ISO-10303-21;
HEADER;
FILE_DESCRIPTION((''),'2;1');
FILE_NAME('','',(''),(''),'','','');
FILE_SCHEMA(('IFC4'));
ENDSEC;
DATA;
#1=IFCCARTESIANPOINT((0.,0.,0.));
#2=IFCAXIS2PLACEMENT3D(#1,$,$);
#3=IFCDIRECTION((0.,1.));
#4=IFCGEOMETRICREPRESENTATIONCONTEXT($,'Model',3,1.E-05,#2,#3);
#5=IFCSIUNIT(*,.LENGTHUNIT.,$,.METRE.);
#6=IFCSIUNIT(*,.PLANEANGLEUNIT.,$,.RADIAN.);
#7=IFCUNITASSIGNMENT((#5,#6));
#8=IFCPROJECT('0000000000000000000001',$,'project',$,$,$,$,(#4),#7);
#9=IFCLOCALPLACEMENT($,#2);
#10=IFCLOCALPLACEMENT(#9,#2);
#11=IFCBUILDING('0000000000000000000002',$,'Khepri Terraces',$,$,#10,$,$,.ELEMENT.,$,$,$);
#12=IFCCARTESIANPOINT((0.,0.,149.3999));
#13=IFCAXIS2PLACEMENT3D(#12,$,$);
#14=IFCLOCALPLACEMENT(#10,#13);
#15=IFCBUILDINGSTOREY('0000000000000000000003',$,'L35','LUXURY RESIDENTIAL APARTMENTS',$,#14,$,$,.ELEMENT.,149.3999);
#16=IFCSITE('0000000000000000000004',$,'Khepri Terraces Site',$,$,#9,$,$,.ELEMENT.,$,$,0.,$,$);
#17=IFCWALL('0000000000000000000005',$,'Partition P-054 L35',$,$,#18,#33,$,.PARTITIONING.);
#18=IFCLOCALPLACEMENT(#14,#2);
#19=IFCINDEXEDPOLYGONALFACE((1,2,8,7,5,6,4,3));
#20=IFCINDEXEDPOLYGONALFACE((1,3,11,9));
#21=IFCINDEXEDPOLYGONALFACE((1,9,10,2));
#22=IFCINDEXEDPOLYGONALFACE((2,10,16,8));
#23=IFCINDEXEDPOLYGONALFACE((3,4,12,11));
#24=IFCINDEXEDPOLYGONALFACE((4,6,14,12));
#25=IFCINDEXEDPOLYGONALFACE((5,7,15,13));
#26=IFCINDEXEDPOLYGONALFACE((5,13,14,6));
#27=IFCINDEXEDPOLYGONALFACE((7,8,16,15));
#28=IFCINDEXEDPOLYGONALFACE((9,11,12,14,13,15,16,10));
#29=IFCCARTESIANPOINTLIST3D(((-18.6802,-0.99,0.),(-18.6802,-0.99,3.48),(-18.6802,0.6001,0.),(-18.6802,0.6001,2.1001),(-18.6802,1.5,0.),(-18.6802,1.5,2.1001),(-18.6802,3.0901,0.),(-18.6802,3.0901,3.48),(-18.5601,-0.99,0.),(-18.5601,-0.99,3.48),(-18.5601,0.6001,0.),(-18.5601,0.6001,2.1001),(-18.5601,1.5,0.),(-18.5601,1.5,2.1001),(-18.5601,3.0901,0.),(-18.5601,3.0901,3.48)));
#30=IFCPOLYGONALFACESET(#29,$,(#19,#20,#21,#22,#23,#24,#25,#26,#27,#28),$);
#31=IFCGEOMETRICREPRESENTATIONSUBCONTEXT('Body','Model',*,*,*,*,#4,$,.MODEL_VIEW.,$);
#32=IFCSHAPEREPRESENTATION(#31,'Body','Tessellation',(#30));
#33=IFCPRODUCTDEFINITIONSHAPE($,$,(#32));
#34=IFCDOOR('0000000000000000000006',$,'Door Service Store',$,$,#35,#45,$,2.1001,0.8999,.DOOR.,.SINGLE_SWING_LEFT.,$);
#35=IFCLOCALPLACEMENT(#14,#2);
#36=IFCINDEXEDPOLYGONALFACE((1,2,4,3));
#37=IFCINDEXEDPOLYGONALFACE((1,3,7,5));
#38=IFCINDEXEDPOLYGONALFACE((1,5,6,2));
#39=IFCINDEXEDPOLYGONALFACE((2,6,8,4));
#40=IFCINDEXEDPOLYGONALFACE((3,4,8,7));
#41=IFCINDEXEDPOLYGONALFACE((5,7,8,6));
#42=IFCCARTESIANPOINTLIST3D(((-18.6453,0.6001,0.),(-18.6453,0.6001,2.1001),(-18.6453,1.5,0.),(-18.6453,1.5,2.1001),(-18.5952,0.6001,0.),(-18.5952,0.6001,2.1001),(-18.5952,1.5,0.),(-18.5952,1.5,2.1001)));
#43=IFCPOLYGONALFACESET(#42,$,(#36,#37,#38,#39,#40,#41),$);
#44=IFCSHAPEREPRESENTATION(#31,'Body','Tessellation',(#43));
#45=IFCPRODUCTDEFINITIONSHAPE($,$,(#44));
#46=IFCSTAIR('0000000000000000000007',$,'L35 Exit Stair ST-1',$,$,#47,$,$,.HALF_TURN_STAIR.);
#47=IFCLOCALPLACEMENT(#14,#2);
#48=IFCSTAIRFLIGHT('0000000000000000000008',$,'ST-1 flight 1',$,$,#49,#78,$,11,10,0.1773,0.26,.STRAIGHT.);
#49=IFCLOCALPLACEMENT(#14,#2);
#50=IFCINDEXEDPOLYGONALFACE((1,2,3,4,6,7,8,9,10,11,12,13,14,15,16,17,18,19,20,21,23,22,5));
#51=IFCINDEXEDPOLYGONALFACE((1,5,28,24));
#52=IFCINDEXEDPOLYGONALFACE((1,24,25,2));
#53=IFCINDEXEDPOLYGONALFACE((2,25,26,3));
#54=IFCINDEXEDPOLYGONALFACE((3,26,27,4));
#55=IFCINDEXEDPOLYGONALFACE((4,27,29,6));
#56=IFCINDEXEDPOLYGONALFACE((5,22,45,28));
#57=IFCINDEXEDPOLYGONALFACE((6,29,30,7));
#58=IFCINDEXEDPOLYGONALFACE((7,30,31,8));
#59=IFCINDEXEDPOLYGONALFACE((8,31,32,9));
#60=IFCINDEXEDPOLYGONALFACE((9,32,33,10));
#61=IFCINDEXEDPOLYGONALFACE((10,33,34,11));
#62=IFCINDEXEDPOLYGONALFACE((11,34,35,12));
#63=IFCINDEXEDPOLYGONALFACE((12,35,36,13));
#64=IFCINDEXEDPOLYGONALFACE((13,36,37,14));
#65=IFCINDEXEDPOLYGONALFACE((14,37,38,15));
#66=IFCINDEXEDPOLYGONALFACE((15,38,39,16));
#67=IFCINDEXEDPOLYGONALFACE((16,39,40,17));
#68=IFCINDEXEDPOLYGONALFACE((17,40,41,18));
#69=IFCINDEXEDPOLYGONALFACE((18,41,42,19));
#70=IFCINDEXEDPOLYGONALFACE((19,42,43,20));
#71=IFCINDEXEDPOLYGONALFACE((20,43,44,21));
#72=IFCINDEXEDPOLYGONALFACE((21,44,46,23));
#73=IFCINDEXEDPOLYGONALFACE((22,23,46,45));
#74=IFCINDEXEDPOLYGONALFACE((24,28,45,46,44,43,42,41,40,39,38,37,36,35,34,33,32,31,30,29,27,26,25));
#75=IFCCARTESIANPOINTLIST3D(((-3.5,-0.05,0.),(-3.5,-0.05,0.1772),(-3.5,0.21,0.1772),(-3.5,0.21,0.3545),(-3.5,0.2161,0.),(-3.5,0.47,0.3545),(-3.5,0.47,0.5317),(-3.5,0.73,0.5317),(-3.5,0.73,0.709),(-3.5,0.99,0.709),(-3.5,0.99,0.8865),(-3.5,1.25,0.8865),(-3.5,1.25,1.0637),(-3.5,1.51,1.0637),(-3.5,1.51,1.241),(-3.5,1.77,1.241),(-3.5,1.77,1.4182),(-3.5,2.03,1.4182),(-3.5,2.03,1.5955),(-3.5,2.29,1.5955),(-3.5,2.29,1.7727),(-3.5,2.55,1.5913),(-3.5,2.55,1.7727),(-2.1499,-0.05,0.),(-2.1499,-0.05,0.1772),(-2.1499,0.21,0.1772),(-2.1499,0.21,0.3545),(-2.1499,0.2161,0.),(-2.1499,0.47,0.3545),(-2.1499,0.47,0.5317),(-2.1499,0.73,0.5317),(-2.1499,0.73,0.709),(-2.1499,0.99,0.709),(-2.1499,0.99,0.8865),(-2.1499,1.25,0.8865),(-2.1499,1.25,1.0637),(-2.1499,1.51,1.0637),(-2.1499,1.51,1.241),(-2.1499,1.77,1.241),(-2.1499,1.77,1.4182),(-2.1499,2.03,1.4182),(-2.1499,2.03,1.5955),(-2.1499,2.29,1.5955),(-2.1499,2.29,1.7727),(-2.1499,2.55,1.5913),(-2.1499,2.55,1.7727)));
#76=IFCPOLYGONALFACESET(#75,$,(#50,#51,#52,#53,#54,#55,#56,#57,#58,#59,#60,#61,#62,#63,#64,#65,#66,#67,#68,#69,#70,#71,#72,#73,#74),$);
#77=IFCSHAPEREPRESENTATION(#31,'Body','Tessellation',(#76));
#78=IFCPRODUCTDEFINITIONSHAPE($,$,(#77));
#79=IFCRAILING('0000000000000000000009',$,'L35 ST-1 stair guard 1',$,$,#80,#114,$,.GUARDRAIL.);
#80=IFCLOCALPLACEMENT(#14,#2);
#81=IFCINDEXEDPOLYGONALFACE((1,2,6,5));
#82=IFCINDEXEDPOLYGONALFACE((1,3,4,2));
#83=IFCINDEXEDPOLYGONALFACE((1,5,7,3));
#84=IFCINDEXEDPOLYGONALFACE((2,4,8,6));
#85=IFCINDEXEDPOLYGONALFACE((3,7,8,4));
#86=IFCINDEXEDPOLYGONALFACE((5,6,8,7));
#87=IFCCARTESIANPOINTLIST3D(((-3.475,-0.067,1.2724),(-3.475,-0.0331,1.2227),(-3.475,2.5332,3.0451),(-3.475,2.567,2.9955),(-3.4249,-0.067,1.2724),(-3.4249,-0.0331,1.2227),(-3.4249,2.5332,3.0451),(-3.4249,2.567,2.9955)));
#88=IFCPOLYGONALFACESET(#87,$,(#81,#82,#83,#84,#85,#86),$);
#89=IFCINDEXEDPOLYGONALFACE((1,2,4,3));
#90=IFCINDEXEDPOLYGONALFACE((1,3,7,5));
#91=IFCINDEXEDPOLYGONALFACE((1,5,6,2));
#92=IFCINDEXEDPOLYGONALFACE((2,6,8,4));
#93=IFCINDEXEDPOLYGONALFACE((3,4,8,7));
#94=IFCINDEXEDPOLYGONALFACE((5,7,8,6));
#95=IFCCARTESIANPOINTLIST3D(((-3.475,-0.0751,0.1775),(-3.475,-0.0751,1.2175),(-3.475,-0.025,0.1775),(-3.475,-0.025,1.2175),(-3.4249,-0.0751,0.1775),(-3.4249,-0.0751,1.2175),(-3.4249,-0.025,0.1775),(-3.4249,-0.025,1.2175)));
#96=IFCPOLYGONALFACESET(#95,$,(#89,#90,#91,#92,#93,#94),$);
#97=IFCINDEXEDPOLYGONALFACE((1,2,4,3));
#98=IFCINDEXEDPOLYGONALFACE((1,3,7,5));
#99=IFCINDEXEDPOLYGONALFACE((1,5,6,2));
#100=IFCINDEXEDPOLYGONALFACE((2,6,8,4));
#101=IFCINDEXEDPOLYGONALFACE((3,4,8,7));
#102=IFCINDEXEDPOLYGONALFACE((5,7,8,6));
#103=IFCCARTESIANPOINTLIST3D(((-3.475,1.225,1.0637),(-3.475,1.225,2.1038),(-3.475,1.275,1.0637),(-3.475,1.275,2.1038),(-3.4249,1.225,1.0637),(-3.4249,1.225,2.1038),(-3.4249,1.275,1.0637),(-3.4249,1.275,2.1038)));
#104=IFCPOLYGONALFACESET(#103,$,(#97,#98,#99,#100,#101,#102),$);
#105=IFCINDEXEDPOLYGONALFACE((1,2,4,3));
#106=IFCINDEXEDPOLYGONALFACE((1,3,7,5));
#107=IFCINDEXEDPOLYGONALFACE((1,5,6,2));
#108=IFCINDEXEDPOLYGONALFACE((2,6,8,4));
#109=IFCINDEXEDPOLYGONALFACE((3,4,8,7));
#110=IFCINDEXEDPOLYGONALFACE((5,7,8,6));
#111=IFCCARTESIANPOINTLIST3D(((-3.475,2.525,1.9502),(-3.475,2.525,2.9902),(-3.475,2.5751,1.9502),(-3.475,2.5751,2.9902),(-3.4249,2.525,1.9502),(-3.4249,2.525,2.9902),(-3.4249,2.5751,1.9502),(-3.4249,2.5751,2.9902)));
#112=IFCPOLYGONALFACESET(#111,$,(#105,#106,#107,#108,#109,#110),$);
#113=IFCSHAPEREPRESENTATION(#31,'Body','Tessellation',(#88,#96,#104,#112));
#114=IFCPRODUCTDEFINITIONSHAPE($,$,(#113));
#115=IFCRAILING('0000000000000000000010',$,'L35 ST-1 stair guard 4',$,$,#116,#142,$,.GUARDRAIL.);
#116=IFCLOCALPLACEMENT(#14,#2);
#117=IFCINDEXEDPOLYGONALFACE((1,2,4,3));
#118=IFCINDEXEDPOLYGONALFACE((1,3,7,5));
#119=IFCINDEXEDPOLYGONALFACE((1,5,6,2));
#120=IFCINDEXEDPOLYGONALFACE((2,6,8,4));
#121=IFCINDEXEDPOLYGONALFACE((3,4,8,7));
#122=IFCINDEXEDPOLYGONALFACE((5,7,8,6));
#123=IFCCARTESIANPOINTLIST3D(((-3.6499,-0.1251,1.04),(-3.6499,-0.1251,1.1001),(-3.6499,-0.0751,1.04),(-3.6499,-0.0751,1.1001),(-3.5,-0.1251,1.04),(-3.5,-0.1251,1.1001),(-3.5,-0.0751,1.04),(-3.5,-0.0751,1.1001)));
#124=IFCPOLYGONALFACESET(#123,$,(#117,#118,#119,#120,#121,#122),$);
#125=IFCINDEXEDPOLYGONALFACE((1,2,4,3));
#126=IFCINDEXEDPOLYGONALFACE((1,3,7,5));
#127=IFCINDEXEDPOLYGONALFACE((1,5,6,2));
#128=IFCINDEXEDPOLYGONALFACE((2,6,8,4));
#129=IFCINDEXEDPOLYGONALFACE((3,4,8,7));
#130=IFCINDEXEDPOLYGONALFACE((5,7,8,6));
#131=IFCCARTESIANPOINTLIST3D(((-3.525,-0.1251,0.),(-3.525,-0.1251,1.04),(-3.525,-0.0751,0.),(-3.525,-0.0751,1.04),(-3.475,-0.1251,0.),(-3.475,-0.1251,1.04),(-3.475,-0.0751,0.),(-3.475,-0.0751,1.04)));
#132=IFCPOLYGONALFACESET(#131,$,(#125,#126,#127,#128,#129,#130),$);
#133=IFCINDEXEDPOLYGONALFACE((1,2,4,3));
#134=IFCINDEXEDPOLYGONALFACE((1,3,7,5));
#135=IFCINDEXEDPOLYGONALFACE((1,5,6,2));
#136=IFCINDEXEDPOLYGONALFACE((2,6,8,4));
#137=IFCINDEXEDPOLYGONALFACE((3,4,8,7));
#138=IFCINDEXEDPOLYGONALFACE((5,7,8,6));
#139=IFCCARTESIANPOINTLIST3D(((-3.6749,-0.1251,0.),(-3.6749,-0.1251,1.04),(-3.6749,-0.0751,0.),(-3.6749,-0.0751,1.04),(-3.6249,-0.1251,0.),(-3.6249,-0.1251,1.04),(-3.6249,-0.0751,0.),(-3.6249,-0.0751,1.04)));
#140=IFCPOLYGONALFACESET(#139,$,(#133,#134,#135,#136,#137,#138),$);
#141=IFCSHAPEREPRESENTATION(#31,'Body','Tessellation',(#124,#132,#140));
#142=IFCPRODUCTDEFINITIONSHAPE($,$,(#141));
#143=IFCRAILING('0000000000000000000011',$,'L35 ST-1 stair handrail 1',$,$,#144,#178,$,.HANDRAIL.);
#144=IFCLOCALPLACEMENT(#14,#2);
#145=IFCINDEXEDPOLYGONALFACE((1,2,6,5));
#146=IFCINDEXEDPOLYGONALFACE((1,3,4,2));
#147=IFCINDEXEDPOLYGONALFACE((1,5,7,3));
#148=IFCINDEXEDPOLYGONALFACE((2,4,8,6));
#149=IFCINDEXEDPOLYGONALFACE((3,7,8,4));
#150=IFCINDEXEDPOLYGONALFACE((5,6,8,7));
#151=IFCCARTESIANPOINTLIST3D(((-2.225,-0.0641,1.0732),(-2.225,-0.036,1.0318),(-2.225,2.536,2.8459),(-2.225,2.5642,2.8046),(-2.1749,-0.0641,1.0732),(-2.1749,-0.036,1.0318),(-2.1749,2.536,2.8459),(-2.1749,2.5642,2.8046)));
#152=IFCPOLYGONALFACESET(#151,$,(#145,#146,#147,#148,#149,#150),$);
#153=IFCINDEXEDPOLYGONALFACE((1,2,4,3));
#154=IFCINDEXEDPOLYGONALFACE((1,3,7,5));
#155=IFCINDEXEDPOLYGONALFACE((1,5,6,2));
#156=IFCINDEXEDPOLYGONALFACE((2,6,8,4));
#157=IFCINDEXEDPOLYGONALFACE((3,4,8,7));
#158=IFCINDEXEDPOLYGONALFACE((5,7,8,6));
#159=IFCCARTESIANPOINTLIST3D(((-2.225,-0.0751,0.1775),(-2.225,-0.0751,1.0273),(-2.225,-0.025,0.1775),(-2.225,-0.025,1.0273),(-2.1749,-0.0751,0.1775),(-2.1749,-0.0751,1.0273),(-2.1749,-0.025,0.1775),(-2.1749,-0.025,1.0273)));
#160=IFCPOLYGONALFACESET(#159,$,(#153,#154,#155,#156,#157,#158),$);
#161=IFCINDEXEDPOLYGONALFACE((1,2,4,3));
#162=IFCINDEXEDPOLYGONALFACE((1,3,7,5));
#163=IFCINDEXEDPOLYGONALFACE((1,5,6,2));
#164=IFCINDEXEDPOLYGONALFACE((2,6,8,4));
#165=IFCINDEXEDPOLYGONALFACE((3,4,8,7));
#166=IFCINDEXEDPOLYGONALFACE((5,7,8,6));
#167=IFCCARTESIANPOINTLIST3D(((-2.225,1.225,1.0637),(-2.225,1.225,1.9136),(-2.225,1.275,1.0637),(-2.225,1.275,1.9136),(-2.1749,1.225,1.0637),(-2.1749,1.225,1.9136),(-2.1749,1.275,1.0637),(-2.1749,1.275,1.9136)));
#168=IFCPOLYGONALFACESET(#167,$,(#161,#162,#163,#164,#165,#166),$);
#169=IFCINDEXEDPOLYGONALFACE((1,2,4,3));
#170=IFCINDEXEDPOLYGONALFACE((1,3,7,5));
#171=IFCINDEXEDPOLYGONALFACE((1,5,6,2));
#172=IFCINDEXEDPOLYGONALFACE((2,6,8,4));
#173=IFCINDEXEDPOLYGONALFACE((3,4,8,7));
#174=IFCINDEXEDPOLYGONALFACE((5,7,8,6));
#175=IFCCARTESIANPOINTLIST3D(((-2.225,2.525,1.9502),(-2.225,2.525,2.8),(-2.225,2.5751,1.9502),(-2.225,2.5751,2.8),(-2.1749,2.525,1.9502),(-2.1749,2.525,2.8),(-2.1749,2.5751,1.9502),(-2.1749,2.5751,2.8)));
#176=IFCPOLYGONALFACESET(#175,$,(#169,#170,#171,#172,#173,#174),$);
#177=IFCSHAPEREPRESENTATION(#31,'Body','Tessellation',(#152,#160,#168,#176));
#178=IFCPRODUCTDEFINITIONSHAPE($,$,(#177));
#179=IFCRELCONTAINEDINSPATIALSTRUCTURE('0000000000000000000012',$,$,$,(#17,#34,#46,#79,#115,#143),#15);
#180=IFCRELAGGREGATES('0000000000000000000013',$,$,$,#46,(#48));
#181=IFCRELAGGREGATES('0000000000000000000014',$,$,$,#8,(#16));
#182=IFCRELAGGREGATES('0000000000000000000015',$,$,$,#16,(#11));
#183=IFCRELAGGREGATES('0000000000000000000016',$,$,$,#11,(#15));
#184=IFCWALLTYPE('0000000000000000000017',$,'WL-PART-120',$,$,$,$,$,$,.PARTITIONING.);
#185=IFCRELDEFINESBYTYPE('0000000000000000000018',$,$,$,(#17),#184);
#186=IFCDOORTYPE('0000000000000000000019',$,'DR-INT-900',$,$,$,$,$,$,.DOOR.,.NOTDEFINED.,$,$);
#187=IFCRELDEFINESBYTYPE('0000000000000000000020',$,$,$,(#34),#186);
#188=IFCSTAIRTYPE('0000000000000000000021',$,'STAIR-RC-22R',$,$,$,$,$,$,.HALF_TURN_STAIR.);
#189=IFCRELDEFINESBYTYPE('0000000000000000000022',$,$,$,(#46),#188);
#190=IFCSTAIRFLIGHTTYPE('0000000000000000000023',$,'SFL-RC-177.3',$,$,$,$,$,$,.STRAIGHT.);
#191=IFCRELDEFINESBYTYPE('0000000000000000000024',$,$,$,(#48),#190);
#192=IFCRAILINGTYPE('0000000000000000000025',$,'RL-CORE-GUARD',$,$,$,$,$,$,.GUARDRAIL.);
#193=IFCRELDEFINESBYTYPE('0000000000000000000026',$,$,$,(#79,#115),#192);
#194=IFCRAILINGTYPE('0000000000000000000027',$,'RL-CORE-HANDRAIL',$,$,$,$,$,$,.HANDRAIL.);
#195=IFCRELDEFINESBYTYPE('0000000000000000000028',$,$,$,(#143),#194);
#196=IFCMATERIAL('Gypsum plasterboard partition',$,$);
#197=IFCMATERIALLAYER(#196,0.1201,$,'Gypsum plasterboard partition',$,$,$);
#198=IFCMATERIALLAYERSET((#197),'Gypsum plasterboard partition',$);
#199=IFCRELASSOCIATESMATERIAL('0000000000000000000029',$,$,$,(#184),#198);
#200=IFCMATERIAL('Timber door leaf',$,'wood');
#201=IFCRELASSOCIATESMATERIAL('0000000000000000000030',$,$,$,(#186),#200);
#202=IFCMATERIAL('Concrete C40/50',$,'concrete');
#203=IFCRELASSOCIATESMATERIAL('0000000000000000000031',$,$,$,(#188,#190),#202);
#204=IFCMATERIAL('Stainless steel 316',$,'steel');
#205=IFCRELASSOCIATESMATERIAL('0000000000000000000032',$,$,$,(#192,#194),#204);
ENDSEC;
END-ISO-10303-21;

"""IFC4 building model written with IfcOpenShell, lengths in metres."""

from ifc_helpers import new_model, si_unit, direction, frame, frame_2d, origin, origin_2d, place, context, subcontext, project, spatial, polyline, rectangle, outline, extrude, material, layer, layer_set, type_object, element, fill, aggregate, save


model = new_model("IFC4")

# Units and contexts
model_context = context("Model", 3, precision=1e-05, world=origin(), true_north=direction((0.0, 1.0)))
body_context = subcontext(model_context, "Body", "Model", "MODEL_VIEW")
ifc_project = project(units=[si_unit("LENGTHUNIT", "METRE"), si_unit("PLANEANGLEUNIT", "RADIAN")], contexts=[model_context])

# Site, building, storey
site_placement = place(None, origin())
site = spatial("IfcSite", under=ifc_project, at=site_placement, Name="Khepri Terraces Site", CompositionType="ELEMENT", RefElevation=0.0)
building_placement = place(site_placement, origin())
building = spatial("IfcBuilding", under=site, at=building_placement, Name="Khepri Terraces", CompositionType="ELEMENT")
storey_placement = place(building_placement, frame((0.0, 0.0, 149.3999)))
storey = spatial("IfcBuildingStorey", under=building, at=storey_placement, Name="L35", Description="LUXURY RESIDENTIAL APARTMENTS", CompositionType="ELEMENT", Elevation=149.3999)

# Wall, opening, door
ifc_material_1 = material(Name="Gypsum plasterboard partition")
ifc_layer_1 = layer(ifc_material_1, 0.1201, Name="Gypsum plasterboard partition")
ifc_layer_set_1 = layer_set([ifc_layer_1], Name="Gypsum plasterboard partition")
wall_type_1 = type_object("IfcWallType", Name="WL-PART-120", PredefinedType="PARTITIONING", material=ifc_layer_set_1)
wall_1_placement = place(storey_placement, frame((-18.6201, -0.99, 0.0), z_axis=(0.0, 0.0, 1.0), x_axis=(0.0, 1.0, 0.0)))
wall_1 = element("IfcWall", 1, at=wall_1_placement, inside=storey, type_object=wall_type_1, Name="Partition P-054 L35", PredefinedType="PARTITIONING", context=body_context, shape_type="SweptSolid", body=[
    extrude(rectangle(XDim=4.0801, YDim=0.1201, at=frame_2d((2.04, 0.0))), origin(), (0.0, 0.0, 1.0), 3.48),
])
opening_1_placement = place(wall_1_placement, frame((1.5901, 0.0, 0.0)))
opening_1 = element("IfcOpeningElement", 2, at=opening_1_placement, cuts=wall_1, PredefinedType="OPENING", context=body_context, shape_type="SweptSolid", body=[
    extrude(rectangle(XDim=0.8999, YDim=2.1001, at=frame_2d((0.45, 1.05))), frame((0.0, 0.0701, 0.0), z_axis=(0.0, -1.0, 0.0), x_axis=(1.0, 0.0, 0.0)), (0.0, 0.0, 1.0), 0.1401),
])
ifc_material_2 = material(Name="Timber door leaf", Category="wood")
door_type_1 = type_object("IfcDoorType", Name="DR-INT-900", OperationType="NOTDEFINED", PredefinedType="DOOR", material=ifc_material_2)
door_1_placement = place(opening_1_placement, frame((0.8999, 0.0, 0.0), z_axis=(0.0, 0.0, 1.0), x_axis=(-1.0, 0.0, 0.0)))
door_1 = element("IfcDoor", 3, at=door_1_placement, inside=storey, type_object=door_type_1, Name="Door Service Store", OperationType="SINGLE_SWING_LEFT", OverallHeight=2.1001, OverallWidth=0.8999, PredefinedType="DOOR", context=body_context, shape_type="SweptSolid", body=[
    extrude(rectangle(XDim=0.8999, YDim=2.1001, at=frame_2d((0.45, 1.05))), frame((0.0, 0.0249, 0.0), z_axis=(0.0, -1.0, 0.0), x_axis=(1.0, 0.0, 0.0)), (0.0, 0.0, 1.0), 0.05),
])
fill(opening_1, door_1)

# Stair, stair flight
ifc_material_3 = material(Name="Concrete C40/50", Category="concrete")
stair_type = type_object("IfcStairType", Name="STAIR-RC-22R", PredefinedType="HALF_TURN_STAIR", material=ifc_material_3)
stair_placement = place(storey_placement, origin())
stair = element("IfcStair", 4, at=stair_placement, inside=storey, type_object=stair_type, Name="L35 Exit Stair ST-1", PredefinedType="HALF_TURN_STAIR")
stair_flight_type = type_object("IfcStairFlightType", Name="SFL-RC-177.3", PredefinedType="STRAIGHT", material=ifc_material_3)
stair_flight_placement = place(storey_placement, frame((-2.825, -0.05, 0.0), z_axis=(0.0, 0.0, 1.0), x_axis=(0.0, 1.0, 0.0)))
stair_flight = element("IfcStairFlight", 5, at=stair_flight_placement, type_object=stair_flight_type, Name="ST-1 flight 1", NumberOfRisers=11, NumberOfTreads=10, PredefinedType="STRAIGHT", RiserHeight=0.1773, TreadLength=0.26, context=body_context, shape_type="SweptSolid", body=[
    extrude(outline(polyline([(0.0, 0.0), (0.0, 0.1772), (0.26, 0.1772), (0.26, 0.3545), (0.52, 0.3545), (0.52, 0.5317), (0.78, 0.5317), (0.78, 0.709), (1.04, 0.709), (1.04, 0.8865), (1.3, 0.8865), (1.3, 1.0637), (1.5601, 1.0637), (1.5601, 1.241), (1.8201, 1.241), (1.8201, 1.4182), (2.0801, 1.4182), (2.0801, 1.5955), (2.3401, 1.5955), (2.3401, 1.7727), (2.6001, 1.7727), (2.6001, 1.95), (2.6001, 1.5913), (0.2661, 0.0), (0.0, 0.0)])), frame((0.0, 0.675, 0.0), z_axis=(0.0, -1.0, 0.0), x_axis=(1.0, 0.0, 0.0)), (0.0, 0.0, 1.0), 1.3501),
])
aggregate(stair, [stair_flight])

# Railings
ifc_material_4 = material(Name="Stainless steel 316", Category="steel")
railing_type_1 = type_object("IfcRailingType", Name="RL-CORE-GUARD", PredefinedType="GUARDRAIL", material=ifc_material_4)
railing_1_placement = place(storey_placement, frame((-3.45, -0.05, 0.1775)))
element("IfcRailing", 6, at=railing_1_placement, inside=storey, type_object=railing_type_1, Name="L35 ST-1 stair guard 1", PredefinedType="GUARDRAIL", context=body_context, shape_type="SweptSolid", body=[
    extrude(rectangle(XDim=0.05, YDim=0.0601, at=origin_2d()), frame((0.0, 0.0, 1.0701), z_axis=(0.0, 0.82624, 0.563318), x_axis=(-1.0, 0.0, 0.0)), (0.0, 0.0, 1.0), 3.147),
    extrude(rectangle(XDim=0.05, YDim=0.05, at=origin_2d()), origin(), (0.0, 0.0, 1.0), 1.04),
    extrude(rectangle(XDim=0.05, YDim=0.05, at=origin_2d()), frame((0.0, 1.3, 0.8862)), (0.0, 0.0, 1.0), 1.04),
    extrude(rectangle(XDim=0.05, YDim=0.05, at=origin_2d()), frame((0.0, 2.6001, 1.7727)), (0.0, 0.0, 1.0), 1.04),
])
railing_2_placement = place(storey_placement, frame((-3.5, -0.1001, 0.0)))
element("IfcRailing", 7, at=railing_2_placement, inside=storey, type_object=railing_type_1, Name="L35 ST-1 stair guard 4", PredefinedType="GUARDRAIL", context=body_context, shape_type="SweptSolid", body=[
    extrude(rectangle(XDim=0.05, YDim=0.0601, at=origin_2d()), frame((0.0, 0.0, 1.0701), z_axis=(-1.0, 0.0, 0.0), x_axis=(0.0, -1.0, 0.0)), (0.0, 0.0, 1.0), 0.1499),
    extrude(rectangle(XDim=0.05, YDim=0.05, at=origin_2d()), origin(), (0.0, 0.0, 1.0), 1.04),
    extrude(rectangle(XDim=0.05, YDim=0.05, at=origin_2d()), frame((-0.1499, 0.0, 0.0)), (0.0, 0.0, 1.0), 1.04),
])
railing_type_2 = type_object("IfcRailingType", Name="RL-CORE-HANDRAIL", PredefinedType="HANDRAIL", material=ifc_material_4)
railing_3_placement = place(storey_placement, frame((-2.2, -0.05, 0.1775)))
element("IfcRailing", 8, at=railing_3_placement, inside=storey, type_object=railing_type_2, Name="L35 ST-1 stair handrail 1", PredefinedType="HANDRAIL", context=body_context, shape_type="SweptSolid", body=[
    extrude(rectangle(XDim=0.05, YDim=0.05, at=origin_2d()), frame((0.0, 0.0, 0.875), z_axis=(0.0, 0.82624, 0.563318), x_axis=(-1.0, 0.0, 0.0)), (0.0, 0.0, 1.0), 3.147),
    extrude(rectangle(XDim=0.05, YDim=0.05, at=origin_2d()), origin(), (0.0, 0.0, 1.0), 0.8499),
    extrude(rectangle(XDim=0.05, YDim=0.05, at=origin_2d()), frame((0.0, 1.3, 0.8862)), (0.0, 0.0, 1.0), 0.8499),
    extrude(rectangle(XDim=0.05, YDim=0.05, at=origin_2d()), frame((0.0, 2.6001, 1.7727)), (0.0, 0.0, 1.0), 0.8499),
])

save(model, "model.ifc")
